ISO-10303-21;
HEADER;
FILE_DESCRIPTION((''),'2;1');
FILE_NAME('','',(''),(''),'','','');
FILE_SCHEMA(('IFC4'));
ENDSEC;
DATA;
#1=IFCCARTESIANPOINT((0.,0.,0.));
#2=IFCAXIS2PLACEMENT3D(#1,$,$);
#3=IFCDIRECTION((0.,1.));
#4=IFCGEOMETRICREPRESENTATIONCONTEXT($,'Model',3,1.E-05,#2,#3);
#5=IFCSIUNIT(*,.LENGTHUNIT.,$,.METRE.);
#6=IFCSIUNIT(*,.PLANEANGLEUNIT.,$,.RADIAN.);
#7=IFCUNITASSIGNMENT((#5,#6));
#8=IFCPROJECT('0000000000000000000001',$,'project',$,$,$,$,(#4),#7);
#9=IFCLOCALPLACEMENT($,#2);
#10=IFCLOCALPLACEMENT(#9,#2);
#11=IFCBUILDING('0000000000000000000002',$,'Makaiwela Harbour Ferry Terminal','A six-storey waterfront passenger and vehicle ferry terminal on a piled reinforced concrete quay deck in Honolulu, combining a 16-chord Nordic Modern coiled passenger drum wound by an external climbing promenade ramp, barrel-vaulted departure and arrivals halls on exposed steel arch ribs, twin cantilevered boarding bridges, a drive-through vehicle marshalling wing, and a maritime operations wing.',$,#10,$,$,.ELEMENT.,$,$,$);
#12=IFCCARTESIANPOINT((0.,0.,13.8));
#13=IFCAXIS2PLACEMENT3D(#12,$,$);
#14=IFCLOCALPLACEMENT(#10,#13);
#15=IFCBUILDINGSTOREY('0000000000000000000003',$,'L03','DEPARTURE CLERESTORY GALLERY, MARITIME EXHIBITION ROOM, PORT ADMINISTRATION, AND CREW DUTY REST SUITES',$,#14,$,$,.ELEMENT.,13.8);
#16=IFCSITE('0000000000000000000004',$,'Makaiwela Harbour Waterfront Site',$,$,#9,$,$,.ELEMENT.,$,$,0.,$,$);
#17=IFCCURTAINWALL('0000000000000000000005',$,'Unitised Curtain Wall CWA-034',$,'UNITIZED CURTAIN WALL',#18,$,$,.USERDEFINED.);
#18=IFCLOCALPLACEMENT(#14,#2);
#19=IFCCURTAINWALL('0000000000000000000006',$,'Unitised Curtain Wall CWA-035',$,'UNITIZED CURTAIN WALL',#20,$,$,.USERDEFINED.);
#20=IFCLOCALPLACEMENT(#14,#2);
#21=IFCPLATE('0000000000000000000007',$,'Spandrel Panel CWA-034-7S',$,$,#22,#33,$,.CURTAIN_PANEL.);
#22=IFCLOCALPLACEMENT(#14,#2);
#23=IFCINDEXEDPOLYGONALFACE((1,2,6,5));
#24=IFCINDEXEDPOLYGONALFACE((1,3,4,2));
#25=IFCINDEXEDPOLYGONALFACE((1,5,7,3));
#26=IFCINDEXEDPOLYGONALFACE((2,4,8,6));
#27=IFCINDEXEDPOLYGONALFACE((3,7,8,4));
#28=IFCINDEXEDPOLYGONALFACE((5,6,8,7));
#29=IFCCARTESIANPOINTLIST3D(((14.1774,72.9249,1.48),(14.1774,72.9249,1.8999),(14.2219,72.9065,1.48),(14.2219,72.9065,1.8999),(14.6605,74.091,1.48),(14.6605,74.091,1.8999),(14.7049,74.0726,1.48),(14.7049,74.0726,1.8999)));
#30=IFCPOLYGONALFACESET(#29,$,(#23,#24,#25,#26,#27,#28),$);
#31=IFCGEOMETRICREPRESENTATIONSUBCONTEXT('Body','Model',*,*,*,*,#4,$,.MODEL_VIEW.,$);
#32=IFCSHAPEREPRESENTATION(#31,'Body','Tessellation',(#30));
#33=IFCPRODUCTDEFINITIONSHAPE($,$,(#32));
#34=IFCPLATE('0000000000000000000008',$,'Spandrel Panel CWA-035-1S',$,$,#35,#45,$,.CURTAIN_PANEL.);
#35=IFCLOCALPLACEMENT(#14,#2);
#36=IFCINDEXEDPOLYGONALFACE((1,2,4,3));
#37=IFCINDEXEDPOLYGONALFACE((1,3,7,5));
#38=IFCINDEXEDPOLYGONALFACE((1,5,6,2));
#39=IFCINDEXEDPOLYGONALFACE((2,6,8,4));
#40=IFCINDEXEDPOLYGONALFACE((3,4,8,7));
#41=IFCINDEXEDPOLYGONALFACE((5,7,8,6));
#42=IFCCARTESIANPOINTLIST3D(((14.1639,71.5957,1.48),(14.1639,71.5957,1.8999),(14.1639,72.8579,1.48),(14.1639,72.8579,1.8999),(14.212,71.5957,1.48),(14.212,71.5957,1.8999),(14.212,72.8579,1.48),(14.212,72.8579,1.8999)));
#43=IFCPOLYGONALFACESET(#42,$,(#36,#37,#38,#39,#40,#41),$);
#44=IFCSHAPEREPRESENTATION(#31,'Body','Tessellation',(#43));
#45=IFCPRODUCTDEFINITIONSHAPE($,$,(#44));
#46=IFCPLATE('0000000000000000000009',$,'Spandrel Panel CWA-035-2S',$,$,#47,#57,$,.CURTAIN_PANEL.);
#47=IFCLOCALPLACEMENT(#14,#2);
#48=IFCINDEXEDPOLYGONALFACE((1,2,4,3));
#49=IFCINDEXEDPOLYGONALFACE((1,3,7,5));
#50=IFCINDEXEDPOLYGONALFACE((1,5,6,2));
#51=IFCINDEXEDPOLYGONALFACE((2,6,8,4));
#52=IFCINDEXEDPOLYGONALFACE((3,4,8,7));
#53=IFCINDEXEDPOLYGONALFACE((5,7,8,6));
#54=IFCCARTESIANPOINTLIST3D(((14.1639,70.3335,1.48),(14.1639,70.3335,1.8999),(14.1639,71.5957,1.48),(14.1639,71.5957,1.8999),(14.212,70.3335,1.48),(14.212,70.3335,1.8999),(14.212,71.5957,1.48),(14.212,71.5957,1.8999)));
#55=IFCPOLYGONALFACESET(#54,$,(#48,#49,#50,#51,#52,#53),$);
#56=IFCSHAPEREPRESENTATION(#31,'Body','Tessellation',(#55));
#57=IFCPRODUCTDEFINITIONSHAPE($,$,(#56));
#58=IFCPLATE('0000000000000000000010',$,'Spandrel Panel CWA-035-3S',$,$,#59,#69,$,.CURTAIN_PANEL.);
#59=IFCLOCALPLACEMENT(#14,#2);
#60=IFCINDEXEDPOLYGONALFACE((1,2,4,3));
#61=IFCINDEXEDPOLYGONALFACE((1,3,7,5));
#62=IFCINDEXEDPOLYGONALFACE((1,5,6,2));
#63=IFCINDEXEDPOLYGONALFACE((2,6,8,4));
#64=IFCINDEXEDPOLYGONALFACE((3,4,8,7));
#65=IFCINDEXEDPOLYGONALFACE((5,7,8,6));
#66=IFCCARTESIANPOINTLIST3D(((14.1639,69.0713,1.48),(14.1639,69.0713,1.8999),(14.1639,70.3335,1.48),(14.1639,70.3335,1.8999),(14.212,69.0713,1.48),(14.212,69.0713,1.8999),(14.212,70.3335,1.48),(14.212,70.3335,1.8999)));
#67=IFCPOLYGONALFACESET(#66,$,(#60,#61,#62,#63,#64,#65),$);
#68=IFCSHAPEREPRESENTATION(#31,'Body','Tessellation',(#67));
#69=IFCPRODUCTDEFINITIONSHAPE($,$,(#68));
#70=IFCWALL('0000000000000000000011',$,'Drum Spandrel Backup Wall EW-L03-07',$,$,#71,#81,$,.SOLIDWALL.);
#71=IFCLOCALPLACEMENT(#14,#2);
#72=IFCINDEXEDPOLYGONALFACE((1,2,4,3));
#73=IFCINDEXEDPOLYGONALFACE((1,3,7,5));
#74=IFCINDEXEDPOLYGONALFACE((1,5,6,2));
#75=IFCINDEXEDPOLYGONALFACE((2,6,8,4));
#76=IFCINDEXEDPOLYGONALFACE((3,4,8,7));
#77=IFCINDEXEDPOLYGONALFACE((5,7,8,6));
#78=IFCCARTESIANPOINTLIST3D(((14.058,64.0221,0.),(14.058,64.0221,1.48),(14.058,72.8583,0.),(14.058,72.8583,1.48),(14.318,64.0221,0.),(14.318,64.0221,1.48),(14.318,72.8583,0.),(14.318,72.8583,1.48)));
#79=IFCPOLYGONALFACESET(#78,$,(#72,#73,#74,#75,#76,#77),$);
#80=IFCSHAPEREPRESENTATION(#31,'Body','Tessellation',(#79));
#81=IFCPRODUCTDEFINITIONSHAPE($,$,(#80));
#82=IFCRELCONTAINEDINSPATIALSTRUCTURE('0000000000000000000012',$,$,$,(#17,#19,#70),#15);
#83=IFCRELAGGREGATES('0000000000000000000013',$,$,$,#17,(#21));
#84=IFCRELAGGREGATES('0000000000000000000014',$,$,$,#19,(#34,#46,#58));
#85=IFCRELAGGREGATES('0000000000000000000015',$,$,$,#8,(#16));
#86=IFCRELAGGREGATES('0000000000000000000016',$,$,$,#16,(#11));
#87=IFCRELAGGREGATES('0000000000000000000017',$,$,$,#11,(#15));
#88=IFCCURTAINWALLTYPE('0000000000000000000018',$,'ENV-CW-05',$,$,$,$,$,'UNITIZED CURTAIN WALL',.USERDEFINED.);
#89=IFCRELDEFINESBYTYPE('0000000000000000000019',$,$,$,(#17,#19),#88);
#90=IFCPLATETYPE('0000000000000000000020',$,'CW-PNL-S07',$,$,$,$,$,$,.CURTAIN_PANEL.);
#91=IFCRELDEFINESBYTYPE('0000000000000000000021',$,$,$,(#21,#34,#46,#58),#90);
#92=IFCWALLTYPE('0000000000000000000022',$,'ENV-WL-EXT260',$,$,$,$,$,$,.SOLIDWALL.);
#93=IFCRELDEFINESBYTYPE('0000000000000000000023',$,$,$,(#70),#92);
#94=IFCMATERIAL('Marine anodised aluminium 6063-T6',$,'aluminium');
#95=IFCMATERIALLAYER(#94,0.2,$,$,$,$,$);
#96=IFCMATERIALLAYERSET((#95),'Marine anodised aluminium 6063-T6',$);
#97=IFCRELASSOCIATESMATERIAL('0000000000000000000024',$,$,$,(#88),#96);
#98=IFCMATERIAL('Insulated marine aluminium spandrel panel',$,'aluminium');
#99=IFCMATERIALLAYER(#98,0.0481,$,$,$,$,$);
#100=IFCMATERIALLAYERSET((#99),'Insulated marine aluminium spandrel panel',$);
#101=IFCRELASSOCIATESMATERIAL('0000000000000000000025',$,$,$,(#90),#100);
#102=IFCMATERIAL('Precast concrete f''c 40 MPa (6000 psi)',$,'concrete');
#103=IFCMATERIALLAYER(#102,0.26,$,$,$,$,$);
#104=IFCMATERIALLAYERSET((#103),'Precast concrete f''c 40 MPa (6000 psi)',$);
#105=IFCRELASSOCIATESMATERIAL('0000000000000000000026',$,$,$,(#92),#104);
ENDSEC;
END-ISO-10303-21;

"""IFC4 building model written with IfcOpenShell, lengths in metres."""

from ifc_helpers import new_model, si_unit, direction, frame, frame_2d, origin, origin_2d, place, context, subcontext, project, spatial, rectangle, extrude, material, layer, layer_set, type_object, element, aggregate, save


model = new_model("IFC4")

# Units and contexts
model_context = context("Model", 3, precision=1e-05, world=origin(), true_north=direction((0.0, 1.0)))
body_context = subcontext(model_context, "Body", "Model", "MODEL_VIEW")
ifc_project = project(units=[si_unit("LENGTHUNIT", "METRE"), si_unit("PLANEANGLEUNIT", "RADIAN")], contexts=[model_context])

# Site, building, storey
site_placement = place(None, origin())
site = spatial("IfcSite", under=ifc_project, at=site_placement, Name="Makaiwela Harbour Waterfront Site", CompositionType="ELEMENT", RefElevation=0.0)
building_placement = place(site_placement, origin())
building = spatial("IfcBuilding", under=site, at=building_placement, Name="Makaiwela Harbour Ferry Terminal", Description="A six-storey waterfront passenger and vehicle ferry terminal on a piled reinforced concrete quay deck in Honolulu, combining a 16-chord Nordic Modern coiled passenger drum wound by an external climbing promenade ramp, barrel-vaulted departure and arrivals halls on exposed steel arch ribs, twin cantilevered boarding bridges, a drive-through vehicle marshalling wing, and a maritime operations wing.", CompositionType="ELEMENT")
storey_placement = place(building_placement, frame((0.0, 0.0, 13.8)))
storey = spatial("IfcBuildingStorey", under=building, at=storey_placement, Name="L03", Description="DEPARTURE CLERESTORY GALLERY, MARITIME EXHIBITION ROOM, PORT ADMINISTRATION, AND CREW DUTY REST SUITES", CompositionType="ELEMENT", Elevation=13.8)

# Curtain wall
ifc_material_1 = material(Name="Marine anodised aluminium 6063-T6", Category="aluminium")
ifc_layer_1 = layer(ifc_material_1, 0.2)
ifc_layer_set_1 = layer_set([ifc_layer_1], Name="Marine anodised aluminium 6063-T6")
curtain_wall_type = type_object("IfcCurtainWallType", Name="ENV-CW-05", ElementType="UNITIZED CURTAIN WALL", PredefinedType="USERDEFINED", material=ifc_layer_set_1)
curtain_wall_1_placement = place(storey_placement, origin())
curtain_wall_1 = element("IfcCurtainWall", 1, at=curtain_wall_1_placement, inside=storey, type_object=curtain_wall_type, Name="Unitised Curtain Wall CWA-034", ObjectType="UNITIZED CURTAIN WALL", PredefinedType="USERDEFINED")

# Curtain wall
curtain_wall_2_placement = place(storey_placement, origin())
curtain_wall_2 = element("IfcCurtainWall", 2, at=curtain_wall_2_placement, inside=storey, type_object=curtain_wall_type, Name="Unitised Curtain Wall CWA-035", ObjectType="UNITIZED CURTAIN WALL", PredefinedType="USERDEFINED")

# Plates
ifc_material_2 = material(Name="Insulated marine aluminium spandrel panel", Category="aluminium")
ifc_layer_2 = layer(ifc_material_2, 0.0481)
ifc_layer_set_2 = layer_set([ifc_layer_2], Name="Insulated marine aluminium spandrel panel")
plate_type_1 = type_object("IfcPlateType", Name="CW-PNL-S07", PredefinedType="CURTAIN_PANEL", material=ifc_layer_set_2)
plate_1_placement = place(storey_placement, frame((14.4412, 73.4988, 1.48), z_axis=(0.0, 0.0, 1.0), x_axis=(-0.382683, -0.92388, 0.0)))
plate_1 = element("IfcPlate", 3, at=plate_1_placement, type_object=plate_type_1, Name="Spandrel Panel CWA-034-7S", PredefinedType="CURTAIN_PANEL", context=body_context, shape_type="SweptSolid", body=[
    extrude(rectangle(XDim=1.2622, YDim=0.0481, at=origin_2d()), origin(), (0.0, 0.0, 1.0), 0.4199),
])
aggregate(curtain_wall_1, [plate_1])
plate_2_placement = place(storey_placement, frame((14.188, 72.2268, 1.48), z_axis=(0.0, 0.0, 1.0), x_axis=(0.0, -1.0, 0.0)))
plate_2 = element("IfcPlate", 4, at=plate_2_placement, type_object=plate_type_1, Name="Spandrel Panel CWA-035-1S", PredefinedType="CURTAIN_PANEL", context=body_context, shape_type="SweptSolid", body=[
    extrude(rectangle(XDim=1.2622, YDim=0.0481, at=origin_2d()), origin(), (0.0, 0.0, 1.0), 0.4199),
])
plate_3_placement = place(storey_placement, frame((14.188, 70.9646, 1.48), z_axis=(0.0, 0.0, 1.0), x_axis=(0.0, -1.0, 0.0)))
plate_3 = element("IfcPlate", 5, at=plate_3_placement, type_object=plate_type_1, Name="Spandrel Panel CWA-035-2S", PredefinedType="CURTAIN_PANEL", context=body_context, shape_type="SweptSolid", body=[
    extrude(rectangle(XDim=1.2622, YDim=0.0481, at=origin_2d()), origin(), (0.0, 0.0, 1.0), 0.4199),
])
plate_4_placement = place(storey_placement, frame((14.188, 69.7024, 1.48), z_axis=(0.0, 0.0, 1.0), x_axis=(0.0, -1.0, 0.0)))
plate_4 = element("IfcPlate", 6, at=plate_4_placement, type_object=plate_type_1, Name="Spandrel Panel CWA-035-3S", PredefinedType="CURTAIN_PANEL", context=body_context, shape_type="SweptSolid", body=[
    extrude(rectangle(XDim=1.2622, YDim=0.0481, at=origin_2d()), origin(), (0.0, 0.0, 1.0), 0.4199),
])
aggregate(curtain_wall_2, [plate_2, plate_3, plate_4])

# Wall
ifc_material_3 = material(Name="Precast concrete f'c 40 MPa (6000 psi)", Category="concrete")
ifc_layer_3 = layer(ifc_material_3, 0.26)
ifc_layer_set_3 = layer_set([ifc_layer_3], Name="Precast concrete f'c 40 MPa (6000 psi)")
wall_type = type_object("IfcWallType", Name="ENV-WL-EXT260", PredefinedType="SOLIDWALL", material=ifc_layer_set_3)
wall_placement = place(storey_placement, frame((14.188, 72.8582, 0.0), z_axis=(0.0, 0.0, 1.0), x_axis=(0.0, -1.0, 0.0)))
element("IfcWall", 7, at=wall_placement, inside=storey, type_object=wall_type, Name="Drum Spandrel Backup Wall EW-L03-07", PredefinedType="SOLIDWALL", context=body_context, shape_type="SweptSolid", body=[
    extrude(rectangle(XDim=8.8362, YDim=0.26, at=frame_2d((4.418, 0.0))), origin(), (0.0, 0.0, 1.0), 1.48),
])

save(model, "model.ifc")
